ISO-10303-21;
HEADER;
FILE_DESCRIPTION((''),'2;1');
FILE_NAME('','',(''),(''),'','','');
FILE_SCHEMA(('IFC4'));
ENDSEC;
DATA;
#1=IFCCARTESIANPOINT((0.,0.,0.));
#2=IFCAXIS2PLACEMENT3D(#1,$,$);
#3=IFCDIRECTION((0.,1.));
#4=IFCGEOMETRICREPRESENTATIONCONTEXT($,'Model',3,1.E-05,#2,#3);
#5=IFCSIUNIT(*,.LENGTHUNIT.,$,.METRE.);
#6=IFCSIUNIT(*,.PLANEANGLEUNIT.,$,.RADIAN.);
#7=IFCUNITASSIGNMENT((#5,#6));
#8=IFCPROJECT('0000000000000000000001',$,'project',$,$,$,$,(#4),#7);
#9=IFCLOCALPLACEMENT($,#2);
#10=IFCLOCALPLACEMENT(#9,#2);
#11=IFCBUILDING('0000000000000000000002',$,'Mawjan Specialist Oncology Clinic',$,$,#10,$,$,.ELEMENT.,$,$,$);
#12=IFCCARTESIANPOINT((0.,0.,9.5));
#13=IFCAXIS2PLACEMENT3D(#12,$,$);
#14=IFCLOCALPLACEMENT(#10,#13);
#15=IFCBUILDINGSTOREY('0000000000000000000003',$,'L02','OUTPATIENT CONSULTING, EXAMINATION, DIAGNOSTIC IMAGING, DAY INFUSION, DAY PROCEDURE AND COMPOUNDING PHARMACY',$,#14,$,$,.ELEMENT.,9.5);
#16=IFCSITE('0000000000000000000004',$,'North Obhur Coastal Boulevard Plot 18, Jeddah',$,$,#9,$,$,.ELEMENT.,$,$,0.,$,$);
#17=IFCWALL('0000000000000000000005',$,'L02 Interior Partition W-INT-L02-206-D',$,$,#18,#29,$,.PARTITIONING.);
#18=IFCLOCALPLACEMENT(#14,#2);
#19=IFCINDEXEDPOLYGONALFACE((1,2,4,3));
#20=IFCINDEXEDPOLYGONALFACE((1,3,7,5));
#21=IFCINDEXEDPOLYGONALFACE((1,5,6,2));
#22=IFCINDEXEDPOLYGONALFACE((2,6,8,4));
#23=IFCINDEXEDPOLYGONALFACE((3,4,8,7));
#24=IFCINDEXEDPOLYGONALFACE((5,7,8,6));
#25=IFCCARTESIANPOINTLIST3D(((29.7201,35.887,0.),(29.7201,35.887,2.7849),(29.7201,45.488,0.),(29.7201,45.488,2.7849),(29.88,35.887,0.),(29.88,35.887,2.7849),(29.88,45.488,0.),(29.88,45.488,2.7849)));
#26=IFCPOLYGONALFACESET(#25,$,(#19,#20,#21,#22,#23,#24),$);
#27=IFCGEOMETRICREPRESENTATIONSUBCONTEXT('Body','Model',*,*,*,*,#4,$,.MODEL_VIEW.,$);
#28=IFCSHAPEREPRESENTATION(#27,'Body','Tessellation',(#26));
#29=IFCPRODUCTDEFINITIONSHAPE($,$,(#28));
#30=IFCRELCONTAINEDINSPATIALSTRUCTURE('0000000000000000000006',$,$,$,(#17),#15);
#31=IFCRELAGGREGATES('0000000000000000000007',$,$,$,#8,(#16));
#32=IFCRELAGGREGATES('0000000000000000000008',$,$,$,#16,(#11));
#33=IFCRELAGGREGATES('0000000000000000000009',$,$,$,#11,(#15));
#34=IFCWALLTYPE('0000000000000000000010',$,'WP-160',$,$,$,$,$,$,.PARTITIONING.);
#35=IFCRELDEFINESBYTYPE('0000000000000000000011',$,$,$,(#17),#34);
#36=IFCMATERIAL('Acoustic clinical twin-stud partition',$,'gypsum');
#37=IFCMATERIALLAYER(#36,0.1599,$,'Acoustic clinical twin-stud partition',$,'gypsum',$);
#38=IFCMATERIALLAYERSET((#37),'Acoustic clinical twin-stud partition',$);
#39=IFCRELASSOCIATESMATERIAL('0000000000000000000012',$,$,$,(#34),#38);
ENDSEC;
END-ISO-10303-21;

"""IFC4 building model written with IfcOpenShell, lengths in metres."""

from ifc_helpers import new_model, si_unit, direction, frame, frame_2d, origin, place, context, subcontext, project, spatial, rectangle, extrude, material, layer, layer_set, type_object, element, save


model = new_model("IFC4")

# Units and contexts
model_context = context("Model", 3, precision=1e-05, world=origin(), true_north=direction((0.0, 1.0)))
body_context = subcontext(model_context, "Body", "Model", "MODEL_VIEW")
ifc_project = project(units=[si_unit("LENGTHUNIT", "METRE"), si_unit("PLANEANGLEUNIT", "RADIAN")], contexts=[model_context])

# Site, building, storey
site_placement = place(None, origin())
site = spatial("IfcSite", under=ifc_project, at=site_placement, Name="North Obhur Coastal Boulevard Plot 18, Jeddah", CompositionType="ELEMENT", RefElevation=0.0)
building_placement = place(site_placement, origin())
building = spatial("IfcBuilding", under=site, at=building_placement, Name="Mawjan Specialist Oncology Clinic", CompositionType="ELEMENT")
storey_placement = place(building_placement, frame((0.0, 0.0, 9.5)))
storey = spatial("IfcBuildingStorey", under=building, at=storey_placement, Name="L02", Description="OUTPATIENT CONSULTING, EXAMINATION, DIAGNOSTIC IMAGING, DAY INFUSION, DAY PROCEDURE AND COMPOUNDING PHARMACY", CompositionType="ELEMENT", Elevation=9.5)

# Wall
ifc_material_1 = material(Name="Acoustic clinical twin-stud partition", Category="gypsum")
ifc_layer_1 = layer(ifc_material_1, 0.1599, Name="Acoustic clinical twin-stud partition", Category="gypsum")
ifc_layer_set_1 = layer_set([ifc_layer_1], Name="Acoustic clinical twin-stud partition")
wall_type_1 = type_object("IfcWallType", Name="WP-160", PredefinedType="PARTITIONING", material=ifc_layer_set_1)
wall_1_placement = place(storey_placement, frame((29.8, 35.887, 0.0), z_axis=(0.0, 0.0, 1.0), x_axis=(0.0, 1.0, 0.0)))
element("IfcWall", 1, at=wall_1_placement, inside=storey, type_object=wall_type_1, Name="L02 Interior Partition W-INT-L02-206-D", PredefinedType="PARTITIONING", context=body_context, shape_type="SweptSolid", body=[
    extrude(rectangle(XDim=9.6011, YDim=0.1599, at=frame_2d((4.8005, 0.0))), origin(), (0.0, 0.0, 1.0), 2.7849),
])

save(model, "model.ifc")
